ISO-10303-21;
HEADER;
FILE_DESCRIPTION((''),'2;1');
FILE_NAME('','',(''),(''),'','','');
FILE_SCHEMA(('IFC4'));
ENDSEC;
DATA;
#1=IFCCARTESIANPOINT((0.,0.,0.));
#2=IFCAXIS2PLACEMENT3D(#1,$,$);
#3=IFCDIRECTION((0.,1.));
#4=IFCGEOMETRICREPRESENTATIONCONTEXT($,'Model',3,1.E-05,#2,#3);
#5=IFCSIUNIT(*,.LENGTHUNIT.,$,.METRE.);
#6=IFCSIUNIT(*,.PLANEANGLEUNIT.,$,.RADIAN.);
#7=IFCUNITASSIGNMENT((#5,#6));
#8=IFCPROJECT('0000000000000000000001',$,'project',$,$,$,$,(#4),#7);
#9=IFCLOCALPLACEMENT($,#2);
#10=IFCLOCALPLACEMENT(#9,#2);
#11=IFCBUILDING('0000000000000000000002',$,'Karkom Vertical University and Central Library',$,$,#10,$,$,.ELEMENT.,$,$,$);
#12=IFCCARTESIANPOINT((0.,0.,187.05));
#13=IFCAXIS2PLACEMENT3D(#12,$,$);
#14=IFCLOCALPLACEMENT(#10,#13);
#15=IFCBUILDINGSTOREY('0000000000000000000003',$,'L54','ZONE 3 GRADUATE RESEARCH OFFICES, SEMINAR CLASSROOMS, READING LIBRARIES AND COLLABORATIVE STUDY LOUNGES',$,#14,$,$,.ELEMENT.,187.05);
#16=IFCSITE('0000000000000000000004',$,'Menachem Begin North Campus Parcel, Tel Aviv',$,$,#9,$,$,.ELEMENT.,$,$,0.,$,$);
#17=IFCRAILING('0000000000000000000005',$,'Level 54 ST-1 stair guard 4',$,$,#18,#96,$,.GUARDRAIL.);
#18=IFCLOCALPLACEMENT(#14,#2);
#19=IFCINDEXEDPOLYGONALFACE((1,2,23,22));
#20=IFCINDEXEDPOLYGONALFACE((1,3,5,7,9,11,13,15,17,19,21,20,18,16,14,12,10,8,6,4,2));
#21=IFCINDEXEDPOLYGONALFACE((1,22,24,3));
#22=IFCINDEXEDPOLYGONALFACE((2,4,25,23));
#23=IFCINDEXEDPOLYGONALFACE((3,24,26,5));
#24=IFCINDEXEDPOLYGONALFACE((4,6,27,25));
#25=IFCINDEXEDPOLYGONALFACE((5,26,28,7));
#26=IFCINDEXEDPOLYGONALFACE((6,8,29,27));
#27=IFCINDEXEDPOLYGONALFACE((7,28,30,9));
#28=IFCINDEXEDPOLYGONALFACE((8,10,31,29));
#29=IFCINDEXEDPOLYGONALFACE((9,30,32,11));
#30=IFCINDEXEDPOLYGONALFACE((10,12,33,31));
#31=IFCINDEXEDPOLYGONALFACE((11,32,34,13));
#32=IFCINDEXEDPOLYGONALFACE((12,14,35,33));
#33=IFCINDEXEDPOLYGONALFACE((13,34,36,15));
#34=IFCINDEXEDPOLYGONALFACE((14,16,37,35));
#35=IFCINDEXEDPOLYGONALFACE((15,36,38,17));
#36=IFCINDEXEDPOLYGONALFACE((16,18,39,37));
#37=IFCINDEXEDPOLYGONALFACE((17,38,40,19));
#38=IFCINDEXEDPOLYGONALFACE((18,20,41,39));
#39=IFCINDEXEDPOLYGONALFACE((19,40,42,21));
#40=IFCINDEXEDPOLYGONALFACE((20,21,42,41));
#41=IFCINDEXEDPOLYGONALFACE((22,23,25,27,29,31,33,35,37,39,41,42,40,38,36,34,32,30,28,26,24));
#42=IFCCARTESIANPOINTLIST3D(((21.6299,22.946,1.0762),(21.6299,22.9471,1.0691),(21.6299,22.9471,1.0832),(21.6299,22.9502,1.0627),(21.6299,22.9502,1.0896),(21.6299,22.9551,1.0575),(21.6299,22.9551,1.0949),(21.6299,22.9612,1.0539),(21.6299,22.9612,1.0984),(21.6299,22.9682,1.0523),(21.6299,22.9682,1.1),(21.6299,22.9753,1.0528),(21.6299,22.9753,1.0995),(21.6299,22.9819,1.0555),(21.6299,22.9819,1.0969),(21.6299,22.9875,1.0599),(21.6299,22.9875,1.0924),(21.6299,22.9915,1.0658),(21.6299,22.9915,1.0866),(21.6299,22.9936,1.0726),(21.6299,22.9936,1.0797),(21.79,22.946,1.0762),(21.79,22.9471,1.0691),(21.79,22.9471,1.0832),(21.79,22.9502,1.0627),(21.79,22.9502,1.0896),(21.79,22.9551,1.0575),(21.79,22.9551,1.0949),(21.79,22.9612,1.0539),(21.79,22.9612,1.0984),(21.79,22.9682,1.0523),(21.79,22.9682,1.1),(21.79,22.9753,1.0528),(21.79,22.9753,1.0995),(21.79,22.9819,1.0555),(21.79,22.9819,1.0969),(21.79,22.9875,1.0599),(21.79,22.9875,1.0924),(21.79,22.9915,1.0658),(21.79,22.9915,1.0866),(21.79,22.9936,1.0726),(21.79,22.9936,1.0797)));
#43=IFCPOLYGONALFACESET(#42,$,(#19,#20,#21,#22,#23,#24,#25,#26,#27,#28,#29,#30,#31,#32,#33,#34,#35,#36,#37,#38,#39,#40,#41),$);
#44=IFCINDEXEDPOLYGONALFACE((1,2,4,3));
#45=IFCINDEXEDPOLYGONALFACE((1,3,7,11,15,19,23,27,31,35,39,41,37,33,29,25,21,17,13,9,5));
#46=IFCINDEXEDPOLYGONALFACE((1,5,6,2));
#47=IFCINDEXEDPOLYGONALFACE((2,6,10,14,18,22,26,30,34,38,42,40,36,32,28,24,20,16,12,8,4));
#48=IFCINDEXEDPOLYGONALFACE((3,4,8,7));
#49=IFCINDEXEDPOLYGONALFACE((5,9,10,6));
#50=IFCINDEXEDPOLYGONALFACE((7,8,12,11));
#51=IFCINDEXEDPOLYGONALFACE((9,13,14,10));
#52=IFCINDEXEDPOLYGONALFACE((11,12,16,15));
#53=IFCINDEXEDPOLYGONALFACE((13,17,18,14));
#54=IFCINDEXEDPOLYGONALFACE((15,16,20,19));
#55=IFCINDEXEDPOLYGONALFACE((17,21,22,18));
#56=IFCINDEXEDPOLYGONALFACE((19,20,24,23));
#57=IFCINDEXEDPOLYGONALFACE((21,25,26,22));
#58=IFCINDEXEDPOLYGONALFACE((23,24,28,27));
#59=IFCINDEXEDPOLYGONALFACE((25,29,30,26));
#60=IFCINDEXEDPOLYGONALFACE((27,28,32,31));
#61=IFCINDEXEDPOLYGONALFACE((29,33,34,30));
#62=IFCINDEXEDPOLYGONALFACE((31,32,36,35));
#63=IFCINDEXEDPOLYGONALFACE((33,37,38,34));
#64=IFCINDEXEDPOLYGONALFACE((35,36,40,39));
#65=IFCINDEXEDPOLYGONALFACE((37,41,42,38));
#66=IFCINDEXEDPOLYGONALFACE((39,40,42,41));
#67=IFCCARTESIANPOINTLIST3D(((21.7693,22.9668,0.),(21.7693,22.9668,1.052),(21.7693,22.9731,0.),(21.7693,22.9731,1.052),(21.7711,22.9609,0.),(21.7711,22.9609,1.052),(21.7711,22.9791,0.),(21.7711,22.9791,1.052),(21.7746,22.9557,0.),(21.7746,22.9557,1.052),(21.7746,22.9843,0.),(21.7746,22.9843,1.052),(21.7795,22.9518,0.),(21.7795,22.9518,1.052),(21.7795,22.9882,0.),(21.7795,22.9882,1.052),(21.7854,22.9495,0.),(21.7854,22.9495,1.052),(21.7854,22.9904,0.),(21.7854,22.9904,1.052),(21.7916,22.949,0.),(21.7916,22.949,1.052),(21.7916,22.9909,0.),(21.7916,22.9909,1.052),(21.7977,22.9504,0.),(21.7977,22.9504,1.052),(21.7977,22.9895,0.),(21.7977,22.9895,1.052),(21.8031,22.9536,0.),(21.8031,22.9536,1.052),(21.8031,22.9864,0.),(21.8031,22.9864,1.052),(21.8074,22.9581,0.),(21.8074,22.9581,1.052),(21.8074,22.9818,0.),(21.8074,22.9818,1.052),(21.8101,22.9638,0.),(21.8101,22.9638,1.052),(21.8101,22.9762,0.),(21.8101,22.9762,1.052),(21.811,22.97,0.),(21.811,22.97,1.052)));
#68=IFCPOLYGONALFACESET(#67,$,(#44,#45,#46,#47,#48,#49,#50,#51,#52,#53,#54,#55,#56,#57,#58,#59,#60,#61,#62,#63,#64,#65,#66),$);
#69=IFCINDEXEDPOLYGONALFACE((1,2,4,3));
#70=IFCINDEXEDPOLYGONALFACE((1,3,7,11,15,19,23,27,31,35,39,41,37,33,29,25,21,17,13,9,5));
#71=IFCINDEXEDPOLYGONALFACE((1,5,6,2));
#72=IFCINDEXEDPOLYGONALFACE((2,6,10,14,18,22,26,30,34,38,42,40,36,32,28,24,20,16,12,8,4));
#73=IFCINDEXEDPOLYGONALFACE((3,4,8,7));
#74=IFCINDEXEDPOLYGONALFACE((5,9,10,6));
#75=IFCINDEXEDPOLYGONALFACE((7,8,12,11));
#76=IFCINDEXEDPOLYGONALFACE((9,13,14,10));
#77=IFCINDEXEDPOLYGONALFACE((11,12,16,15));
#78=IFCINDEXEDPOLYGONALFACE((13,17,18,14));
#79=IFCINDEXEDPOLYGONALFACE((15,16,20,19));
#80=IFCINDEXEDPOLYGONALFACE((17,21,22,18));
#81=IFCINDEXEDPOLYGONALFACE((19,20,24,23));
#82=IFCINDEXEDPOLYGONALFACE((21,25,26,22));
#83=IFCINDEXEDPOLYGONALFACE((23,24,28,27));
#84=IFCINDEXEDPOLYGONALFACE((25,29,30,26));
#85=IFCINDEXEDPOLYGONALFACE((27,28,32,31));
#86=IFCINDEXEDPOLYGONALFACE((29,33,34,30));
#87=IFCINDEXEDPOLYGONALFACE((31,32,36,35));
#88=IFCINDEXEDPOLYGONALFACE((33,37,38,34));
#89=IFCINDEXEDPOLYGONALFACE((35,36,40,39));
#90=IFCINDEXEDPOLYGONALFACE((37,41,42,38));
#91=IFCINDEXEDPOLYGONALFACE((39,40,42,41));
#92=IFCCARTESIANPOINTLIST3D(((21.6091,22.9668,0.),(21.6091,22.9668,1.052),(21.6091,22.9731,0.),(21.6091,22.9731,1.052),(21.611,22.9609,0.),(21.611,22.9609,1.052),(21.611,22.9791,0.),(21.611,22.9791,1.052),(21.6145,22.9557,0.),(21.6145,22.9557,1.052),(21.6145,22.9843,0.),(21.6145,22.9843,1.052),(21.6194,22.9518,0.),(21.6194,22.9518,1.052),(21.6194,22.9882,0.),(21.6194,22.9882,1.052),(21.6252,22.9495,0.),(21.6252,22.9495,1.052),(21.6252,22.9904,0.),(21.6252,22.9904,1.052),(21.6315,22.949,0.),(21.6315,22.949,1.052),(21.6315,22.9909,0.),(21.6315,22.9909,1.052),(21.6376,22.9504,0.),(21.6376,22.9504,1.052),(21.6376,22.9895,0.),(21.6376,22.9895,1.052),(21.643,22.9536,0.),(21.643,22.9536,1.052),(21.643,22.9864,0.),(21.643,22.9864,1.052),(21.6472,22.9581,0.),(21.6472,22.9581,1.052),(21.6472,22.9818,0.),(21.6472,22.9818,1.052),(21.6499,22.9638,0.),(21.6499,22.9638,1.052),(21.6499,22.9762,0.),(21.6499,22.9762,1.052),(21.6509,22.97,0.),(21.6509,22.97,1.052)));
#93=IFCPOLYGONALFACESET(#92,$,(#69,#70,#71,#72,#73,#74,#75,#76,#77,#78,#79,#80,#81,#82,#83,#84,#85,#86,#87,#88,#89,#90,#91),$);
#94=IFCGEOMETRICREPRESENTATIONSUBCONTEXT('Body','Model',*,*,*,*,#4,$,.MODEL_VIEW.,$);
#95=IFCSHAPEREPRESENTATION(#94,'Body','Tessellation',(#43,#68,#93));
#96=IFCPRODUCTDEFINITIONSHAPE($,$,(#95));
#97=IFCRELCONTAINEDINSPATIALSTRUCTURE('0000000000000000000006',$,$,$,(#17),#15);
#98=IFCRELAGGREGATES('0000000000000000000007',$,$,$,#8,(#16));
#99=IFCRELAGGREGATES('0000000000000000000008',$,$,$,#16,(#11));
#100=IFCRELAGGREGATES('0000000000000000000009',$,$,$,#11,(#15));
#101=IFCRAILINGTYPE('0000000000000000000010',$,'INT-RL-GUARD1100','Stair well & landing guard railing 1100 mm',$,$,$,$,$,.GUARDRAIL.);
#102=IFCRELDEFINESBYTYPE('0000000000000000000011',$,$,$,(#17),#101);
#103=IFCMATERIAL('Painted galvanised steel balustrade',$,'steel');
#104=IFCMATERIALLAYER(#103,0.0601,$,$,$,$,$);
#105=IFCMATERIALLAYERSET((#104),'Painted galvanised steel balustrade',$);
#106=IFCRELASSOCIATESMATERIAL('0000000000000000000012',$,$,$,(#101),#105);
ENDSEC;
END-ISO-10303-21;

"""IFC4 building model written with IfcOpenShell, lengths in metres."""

from ifc_helpers import new_model, si_unit, direction, frame, origin, origin_2d, place, context, subcontext, project, spatial, circle, extrude, material, layer, layer_set, type_object, element, save


model = new_model("IFC4")

# Units and contexts
model_context = context("Model", 3, precision=1e-05, world=origin(), true_north=direction((0.0, 1.0)))
body_context = subcontext(model_context, "Body", "Model", "MODEL_VIEW")
ifc_project = project(units=[si_unit("LENGTHUNIT", "METRE"), si_unit("PLANEANGLEUNIT", "RADIAN")], contexts=[model_context])

# Site, building, storey
site_placement = place(None, origin())
site = spatial("IfcSite", under=ifc_project, at=site_placement, Name="Menachem Begin North Campus Parcel, Tel Aviv", CompositionType="ELEMENT", RefElevation=0.0)
building_placement = place(site_placement, origin())
building = spatial("IfcBuilding", under=site, at=building_placement, Name="Karkom Vertical University and Central Library", CompositionType="ELEMENT")
storey_placement = place(building_placement, frame((0.0, 0.0, 187.05)))
storey = spatial("IfcBuildingStorey", under=building, at=storey_placement, Name="L54", Description="ZONE 3 GRADUATE RESEARCH OFFICES, SEMINAR CLASSROOMS, READING LIBRARIES AND COLLABORATIVE STUDY LOUNGES", CompositionType="ELEMENT", Elevation=187.05)

# Railing
ifc_material_1 = material(Name="Painted galvanised steel balustrade", Category="steel")
ifc_layer_1 = layer(ifc_material_1, 0.0601)
ifc_layer_set_1 = layer_set([ifc_layer_1], Name="Painted galvanised steel balustrade")
railing_type_1 = type_object("IfcRailingType", Name="INT-RL-GUARD1100", Description="Stair well & landing guard railing 1100 mm", PredefinedType="GUARDRAIL", material=ifc_layer_set_1)
railing_1_placement = place(storey_placement, frame((21.79, 22.97, 0.0)))
element("IfcRailing", 1, at=railing_1_placement, inside=storey, type_object=railing_type_1, Name="Level 54 ST-1 stair guard 4", PredefinedType="GUARDRAIL", context=body_context, shape_type="SweptSolid", body=[
    extrude(circle(Radius=0.0239, at=origin_2d()), frame((0.0, 0.0, 1.0762), z_axis=(-1.0, 0.0, 0.0), x_axis=(0.0, -1.0, 0.0)), (0.0, 0.0, 1.0), 0.1602),
    extrude(circle(Radius=0.021, at=origin_2d()), origin(), (0.0, 0.0, 1.0), 1.052),
    extrude(circle(Radius=0.021, at=origin_2d()), frame((-0.1602, 0.0, 0.0)), (0.0, 0.0, 1.0), 1.052),
])

save(model, "model.ifc")
